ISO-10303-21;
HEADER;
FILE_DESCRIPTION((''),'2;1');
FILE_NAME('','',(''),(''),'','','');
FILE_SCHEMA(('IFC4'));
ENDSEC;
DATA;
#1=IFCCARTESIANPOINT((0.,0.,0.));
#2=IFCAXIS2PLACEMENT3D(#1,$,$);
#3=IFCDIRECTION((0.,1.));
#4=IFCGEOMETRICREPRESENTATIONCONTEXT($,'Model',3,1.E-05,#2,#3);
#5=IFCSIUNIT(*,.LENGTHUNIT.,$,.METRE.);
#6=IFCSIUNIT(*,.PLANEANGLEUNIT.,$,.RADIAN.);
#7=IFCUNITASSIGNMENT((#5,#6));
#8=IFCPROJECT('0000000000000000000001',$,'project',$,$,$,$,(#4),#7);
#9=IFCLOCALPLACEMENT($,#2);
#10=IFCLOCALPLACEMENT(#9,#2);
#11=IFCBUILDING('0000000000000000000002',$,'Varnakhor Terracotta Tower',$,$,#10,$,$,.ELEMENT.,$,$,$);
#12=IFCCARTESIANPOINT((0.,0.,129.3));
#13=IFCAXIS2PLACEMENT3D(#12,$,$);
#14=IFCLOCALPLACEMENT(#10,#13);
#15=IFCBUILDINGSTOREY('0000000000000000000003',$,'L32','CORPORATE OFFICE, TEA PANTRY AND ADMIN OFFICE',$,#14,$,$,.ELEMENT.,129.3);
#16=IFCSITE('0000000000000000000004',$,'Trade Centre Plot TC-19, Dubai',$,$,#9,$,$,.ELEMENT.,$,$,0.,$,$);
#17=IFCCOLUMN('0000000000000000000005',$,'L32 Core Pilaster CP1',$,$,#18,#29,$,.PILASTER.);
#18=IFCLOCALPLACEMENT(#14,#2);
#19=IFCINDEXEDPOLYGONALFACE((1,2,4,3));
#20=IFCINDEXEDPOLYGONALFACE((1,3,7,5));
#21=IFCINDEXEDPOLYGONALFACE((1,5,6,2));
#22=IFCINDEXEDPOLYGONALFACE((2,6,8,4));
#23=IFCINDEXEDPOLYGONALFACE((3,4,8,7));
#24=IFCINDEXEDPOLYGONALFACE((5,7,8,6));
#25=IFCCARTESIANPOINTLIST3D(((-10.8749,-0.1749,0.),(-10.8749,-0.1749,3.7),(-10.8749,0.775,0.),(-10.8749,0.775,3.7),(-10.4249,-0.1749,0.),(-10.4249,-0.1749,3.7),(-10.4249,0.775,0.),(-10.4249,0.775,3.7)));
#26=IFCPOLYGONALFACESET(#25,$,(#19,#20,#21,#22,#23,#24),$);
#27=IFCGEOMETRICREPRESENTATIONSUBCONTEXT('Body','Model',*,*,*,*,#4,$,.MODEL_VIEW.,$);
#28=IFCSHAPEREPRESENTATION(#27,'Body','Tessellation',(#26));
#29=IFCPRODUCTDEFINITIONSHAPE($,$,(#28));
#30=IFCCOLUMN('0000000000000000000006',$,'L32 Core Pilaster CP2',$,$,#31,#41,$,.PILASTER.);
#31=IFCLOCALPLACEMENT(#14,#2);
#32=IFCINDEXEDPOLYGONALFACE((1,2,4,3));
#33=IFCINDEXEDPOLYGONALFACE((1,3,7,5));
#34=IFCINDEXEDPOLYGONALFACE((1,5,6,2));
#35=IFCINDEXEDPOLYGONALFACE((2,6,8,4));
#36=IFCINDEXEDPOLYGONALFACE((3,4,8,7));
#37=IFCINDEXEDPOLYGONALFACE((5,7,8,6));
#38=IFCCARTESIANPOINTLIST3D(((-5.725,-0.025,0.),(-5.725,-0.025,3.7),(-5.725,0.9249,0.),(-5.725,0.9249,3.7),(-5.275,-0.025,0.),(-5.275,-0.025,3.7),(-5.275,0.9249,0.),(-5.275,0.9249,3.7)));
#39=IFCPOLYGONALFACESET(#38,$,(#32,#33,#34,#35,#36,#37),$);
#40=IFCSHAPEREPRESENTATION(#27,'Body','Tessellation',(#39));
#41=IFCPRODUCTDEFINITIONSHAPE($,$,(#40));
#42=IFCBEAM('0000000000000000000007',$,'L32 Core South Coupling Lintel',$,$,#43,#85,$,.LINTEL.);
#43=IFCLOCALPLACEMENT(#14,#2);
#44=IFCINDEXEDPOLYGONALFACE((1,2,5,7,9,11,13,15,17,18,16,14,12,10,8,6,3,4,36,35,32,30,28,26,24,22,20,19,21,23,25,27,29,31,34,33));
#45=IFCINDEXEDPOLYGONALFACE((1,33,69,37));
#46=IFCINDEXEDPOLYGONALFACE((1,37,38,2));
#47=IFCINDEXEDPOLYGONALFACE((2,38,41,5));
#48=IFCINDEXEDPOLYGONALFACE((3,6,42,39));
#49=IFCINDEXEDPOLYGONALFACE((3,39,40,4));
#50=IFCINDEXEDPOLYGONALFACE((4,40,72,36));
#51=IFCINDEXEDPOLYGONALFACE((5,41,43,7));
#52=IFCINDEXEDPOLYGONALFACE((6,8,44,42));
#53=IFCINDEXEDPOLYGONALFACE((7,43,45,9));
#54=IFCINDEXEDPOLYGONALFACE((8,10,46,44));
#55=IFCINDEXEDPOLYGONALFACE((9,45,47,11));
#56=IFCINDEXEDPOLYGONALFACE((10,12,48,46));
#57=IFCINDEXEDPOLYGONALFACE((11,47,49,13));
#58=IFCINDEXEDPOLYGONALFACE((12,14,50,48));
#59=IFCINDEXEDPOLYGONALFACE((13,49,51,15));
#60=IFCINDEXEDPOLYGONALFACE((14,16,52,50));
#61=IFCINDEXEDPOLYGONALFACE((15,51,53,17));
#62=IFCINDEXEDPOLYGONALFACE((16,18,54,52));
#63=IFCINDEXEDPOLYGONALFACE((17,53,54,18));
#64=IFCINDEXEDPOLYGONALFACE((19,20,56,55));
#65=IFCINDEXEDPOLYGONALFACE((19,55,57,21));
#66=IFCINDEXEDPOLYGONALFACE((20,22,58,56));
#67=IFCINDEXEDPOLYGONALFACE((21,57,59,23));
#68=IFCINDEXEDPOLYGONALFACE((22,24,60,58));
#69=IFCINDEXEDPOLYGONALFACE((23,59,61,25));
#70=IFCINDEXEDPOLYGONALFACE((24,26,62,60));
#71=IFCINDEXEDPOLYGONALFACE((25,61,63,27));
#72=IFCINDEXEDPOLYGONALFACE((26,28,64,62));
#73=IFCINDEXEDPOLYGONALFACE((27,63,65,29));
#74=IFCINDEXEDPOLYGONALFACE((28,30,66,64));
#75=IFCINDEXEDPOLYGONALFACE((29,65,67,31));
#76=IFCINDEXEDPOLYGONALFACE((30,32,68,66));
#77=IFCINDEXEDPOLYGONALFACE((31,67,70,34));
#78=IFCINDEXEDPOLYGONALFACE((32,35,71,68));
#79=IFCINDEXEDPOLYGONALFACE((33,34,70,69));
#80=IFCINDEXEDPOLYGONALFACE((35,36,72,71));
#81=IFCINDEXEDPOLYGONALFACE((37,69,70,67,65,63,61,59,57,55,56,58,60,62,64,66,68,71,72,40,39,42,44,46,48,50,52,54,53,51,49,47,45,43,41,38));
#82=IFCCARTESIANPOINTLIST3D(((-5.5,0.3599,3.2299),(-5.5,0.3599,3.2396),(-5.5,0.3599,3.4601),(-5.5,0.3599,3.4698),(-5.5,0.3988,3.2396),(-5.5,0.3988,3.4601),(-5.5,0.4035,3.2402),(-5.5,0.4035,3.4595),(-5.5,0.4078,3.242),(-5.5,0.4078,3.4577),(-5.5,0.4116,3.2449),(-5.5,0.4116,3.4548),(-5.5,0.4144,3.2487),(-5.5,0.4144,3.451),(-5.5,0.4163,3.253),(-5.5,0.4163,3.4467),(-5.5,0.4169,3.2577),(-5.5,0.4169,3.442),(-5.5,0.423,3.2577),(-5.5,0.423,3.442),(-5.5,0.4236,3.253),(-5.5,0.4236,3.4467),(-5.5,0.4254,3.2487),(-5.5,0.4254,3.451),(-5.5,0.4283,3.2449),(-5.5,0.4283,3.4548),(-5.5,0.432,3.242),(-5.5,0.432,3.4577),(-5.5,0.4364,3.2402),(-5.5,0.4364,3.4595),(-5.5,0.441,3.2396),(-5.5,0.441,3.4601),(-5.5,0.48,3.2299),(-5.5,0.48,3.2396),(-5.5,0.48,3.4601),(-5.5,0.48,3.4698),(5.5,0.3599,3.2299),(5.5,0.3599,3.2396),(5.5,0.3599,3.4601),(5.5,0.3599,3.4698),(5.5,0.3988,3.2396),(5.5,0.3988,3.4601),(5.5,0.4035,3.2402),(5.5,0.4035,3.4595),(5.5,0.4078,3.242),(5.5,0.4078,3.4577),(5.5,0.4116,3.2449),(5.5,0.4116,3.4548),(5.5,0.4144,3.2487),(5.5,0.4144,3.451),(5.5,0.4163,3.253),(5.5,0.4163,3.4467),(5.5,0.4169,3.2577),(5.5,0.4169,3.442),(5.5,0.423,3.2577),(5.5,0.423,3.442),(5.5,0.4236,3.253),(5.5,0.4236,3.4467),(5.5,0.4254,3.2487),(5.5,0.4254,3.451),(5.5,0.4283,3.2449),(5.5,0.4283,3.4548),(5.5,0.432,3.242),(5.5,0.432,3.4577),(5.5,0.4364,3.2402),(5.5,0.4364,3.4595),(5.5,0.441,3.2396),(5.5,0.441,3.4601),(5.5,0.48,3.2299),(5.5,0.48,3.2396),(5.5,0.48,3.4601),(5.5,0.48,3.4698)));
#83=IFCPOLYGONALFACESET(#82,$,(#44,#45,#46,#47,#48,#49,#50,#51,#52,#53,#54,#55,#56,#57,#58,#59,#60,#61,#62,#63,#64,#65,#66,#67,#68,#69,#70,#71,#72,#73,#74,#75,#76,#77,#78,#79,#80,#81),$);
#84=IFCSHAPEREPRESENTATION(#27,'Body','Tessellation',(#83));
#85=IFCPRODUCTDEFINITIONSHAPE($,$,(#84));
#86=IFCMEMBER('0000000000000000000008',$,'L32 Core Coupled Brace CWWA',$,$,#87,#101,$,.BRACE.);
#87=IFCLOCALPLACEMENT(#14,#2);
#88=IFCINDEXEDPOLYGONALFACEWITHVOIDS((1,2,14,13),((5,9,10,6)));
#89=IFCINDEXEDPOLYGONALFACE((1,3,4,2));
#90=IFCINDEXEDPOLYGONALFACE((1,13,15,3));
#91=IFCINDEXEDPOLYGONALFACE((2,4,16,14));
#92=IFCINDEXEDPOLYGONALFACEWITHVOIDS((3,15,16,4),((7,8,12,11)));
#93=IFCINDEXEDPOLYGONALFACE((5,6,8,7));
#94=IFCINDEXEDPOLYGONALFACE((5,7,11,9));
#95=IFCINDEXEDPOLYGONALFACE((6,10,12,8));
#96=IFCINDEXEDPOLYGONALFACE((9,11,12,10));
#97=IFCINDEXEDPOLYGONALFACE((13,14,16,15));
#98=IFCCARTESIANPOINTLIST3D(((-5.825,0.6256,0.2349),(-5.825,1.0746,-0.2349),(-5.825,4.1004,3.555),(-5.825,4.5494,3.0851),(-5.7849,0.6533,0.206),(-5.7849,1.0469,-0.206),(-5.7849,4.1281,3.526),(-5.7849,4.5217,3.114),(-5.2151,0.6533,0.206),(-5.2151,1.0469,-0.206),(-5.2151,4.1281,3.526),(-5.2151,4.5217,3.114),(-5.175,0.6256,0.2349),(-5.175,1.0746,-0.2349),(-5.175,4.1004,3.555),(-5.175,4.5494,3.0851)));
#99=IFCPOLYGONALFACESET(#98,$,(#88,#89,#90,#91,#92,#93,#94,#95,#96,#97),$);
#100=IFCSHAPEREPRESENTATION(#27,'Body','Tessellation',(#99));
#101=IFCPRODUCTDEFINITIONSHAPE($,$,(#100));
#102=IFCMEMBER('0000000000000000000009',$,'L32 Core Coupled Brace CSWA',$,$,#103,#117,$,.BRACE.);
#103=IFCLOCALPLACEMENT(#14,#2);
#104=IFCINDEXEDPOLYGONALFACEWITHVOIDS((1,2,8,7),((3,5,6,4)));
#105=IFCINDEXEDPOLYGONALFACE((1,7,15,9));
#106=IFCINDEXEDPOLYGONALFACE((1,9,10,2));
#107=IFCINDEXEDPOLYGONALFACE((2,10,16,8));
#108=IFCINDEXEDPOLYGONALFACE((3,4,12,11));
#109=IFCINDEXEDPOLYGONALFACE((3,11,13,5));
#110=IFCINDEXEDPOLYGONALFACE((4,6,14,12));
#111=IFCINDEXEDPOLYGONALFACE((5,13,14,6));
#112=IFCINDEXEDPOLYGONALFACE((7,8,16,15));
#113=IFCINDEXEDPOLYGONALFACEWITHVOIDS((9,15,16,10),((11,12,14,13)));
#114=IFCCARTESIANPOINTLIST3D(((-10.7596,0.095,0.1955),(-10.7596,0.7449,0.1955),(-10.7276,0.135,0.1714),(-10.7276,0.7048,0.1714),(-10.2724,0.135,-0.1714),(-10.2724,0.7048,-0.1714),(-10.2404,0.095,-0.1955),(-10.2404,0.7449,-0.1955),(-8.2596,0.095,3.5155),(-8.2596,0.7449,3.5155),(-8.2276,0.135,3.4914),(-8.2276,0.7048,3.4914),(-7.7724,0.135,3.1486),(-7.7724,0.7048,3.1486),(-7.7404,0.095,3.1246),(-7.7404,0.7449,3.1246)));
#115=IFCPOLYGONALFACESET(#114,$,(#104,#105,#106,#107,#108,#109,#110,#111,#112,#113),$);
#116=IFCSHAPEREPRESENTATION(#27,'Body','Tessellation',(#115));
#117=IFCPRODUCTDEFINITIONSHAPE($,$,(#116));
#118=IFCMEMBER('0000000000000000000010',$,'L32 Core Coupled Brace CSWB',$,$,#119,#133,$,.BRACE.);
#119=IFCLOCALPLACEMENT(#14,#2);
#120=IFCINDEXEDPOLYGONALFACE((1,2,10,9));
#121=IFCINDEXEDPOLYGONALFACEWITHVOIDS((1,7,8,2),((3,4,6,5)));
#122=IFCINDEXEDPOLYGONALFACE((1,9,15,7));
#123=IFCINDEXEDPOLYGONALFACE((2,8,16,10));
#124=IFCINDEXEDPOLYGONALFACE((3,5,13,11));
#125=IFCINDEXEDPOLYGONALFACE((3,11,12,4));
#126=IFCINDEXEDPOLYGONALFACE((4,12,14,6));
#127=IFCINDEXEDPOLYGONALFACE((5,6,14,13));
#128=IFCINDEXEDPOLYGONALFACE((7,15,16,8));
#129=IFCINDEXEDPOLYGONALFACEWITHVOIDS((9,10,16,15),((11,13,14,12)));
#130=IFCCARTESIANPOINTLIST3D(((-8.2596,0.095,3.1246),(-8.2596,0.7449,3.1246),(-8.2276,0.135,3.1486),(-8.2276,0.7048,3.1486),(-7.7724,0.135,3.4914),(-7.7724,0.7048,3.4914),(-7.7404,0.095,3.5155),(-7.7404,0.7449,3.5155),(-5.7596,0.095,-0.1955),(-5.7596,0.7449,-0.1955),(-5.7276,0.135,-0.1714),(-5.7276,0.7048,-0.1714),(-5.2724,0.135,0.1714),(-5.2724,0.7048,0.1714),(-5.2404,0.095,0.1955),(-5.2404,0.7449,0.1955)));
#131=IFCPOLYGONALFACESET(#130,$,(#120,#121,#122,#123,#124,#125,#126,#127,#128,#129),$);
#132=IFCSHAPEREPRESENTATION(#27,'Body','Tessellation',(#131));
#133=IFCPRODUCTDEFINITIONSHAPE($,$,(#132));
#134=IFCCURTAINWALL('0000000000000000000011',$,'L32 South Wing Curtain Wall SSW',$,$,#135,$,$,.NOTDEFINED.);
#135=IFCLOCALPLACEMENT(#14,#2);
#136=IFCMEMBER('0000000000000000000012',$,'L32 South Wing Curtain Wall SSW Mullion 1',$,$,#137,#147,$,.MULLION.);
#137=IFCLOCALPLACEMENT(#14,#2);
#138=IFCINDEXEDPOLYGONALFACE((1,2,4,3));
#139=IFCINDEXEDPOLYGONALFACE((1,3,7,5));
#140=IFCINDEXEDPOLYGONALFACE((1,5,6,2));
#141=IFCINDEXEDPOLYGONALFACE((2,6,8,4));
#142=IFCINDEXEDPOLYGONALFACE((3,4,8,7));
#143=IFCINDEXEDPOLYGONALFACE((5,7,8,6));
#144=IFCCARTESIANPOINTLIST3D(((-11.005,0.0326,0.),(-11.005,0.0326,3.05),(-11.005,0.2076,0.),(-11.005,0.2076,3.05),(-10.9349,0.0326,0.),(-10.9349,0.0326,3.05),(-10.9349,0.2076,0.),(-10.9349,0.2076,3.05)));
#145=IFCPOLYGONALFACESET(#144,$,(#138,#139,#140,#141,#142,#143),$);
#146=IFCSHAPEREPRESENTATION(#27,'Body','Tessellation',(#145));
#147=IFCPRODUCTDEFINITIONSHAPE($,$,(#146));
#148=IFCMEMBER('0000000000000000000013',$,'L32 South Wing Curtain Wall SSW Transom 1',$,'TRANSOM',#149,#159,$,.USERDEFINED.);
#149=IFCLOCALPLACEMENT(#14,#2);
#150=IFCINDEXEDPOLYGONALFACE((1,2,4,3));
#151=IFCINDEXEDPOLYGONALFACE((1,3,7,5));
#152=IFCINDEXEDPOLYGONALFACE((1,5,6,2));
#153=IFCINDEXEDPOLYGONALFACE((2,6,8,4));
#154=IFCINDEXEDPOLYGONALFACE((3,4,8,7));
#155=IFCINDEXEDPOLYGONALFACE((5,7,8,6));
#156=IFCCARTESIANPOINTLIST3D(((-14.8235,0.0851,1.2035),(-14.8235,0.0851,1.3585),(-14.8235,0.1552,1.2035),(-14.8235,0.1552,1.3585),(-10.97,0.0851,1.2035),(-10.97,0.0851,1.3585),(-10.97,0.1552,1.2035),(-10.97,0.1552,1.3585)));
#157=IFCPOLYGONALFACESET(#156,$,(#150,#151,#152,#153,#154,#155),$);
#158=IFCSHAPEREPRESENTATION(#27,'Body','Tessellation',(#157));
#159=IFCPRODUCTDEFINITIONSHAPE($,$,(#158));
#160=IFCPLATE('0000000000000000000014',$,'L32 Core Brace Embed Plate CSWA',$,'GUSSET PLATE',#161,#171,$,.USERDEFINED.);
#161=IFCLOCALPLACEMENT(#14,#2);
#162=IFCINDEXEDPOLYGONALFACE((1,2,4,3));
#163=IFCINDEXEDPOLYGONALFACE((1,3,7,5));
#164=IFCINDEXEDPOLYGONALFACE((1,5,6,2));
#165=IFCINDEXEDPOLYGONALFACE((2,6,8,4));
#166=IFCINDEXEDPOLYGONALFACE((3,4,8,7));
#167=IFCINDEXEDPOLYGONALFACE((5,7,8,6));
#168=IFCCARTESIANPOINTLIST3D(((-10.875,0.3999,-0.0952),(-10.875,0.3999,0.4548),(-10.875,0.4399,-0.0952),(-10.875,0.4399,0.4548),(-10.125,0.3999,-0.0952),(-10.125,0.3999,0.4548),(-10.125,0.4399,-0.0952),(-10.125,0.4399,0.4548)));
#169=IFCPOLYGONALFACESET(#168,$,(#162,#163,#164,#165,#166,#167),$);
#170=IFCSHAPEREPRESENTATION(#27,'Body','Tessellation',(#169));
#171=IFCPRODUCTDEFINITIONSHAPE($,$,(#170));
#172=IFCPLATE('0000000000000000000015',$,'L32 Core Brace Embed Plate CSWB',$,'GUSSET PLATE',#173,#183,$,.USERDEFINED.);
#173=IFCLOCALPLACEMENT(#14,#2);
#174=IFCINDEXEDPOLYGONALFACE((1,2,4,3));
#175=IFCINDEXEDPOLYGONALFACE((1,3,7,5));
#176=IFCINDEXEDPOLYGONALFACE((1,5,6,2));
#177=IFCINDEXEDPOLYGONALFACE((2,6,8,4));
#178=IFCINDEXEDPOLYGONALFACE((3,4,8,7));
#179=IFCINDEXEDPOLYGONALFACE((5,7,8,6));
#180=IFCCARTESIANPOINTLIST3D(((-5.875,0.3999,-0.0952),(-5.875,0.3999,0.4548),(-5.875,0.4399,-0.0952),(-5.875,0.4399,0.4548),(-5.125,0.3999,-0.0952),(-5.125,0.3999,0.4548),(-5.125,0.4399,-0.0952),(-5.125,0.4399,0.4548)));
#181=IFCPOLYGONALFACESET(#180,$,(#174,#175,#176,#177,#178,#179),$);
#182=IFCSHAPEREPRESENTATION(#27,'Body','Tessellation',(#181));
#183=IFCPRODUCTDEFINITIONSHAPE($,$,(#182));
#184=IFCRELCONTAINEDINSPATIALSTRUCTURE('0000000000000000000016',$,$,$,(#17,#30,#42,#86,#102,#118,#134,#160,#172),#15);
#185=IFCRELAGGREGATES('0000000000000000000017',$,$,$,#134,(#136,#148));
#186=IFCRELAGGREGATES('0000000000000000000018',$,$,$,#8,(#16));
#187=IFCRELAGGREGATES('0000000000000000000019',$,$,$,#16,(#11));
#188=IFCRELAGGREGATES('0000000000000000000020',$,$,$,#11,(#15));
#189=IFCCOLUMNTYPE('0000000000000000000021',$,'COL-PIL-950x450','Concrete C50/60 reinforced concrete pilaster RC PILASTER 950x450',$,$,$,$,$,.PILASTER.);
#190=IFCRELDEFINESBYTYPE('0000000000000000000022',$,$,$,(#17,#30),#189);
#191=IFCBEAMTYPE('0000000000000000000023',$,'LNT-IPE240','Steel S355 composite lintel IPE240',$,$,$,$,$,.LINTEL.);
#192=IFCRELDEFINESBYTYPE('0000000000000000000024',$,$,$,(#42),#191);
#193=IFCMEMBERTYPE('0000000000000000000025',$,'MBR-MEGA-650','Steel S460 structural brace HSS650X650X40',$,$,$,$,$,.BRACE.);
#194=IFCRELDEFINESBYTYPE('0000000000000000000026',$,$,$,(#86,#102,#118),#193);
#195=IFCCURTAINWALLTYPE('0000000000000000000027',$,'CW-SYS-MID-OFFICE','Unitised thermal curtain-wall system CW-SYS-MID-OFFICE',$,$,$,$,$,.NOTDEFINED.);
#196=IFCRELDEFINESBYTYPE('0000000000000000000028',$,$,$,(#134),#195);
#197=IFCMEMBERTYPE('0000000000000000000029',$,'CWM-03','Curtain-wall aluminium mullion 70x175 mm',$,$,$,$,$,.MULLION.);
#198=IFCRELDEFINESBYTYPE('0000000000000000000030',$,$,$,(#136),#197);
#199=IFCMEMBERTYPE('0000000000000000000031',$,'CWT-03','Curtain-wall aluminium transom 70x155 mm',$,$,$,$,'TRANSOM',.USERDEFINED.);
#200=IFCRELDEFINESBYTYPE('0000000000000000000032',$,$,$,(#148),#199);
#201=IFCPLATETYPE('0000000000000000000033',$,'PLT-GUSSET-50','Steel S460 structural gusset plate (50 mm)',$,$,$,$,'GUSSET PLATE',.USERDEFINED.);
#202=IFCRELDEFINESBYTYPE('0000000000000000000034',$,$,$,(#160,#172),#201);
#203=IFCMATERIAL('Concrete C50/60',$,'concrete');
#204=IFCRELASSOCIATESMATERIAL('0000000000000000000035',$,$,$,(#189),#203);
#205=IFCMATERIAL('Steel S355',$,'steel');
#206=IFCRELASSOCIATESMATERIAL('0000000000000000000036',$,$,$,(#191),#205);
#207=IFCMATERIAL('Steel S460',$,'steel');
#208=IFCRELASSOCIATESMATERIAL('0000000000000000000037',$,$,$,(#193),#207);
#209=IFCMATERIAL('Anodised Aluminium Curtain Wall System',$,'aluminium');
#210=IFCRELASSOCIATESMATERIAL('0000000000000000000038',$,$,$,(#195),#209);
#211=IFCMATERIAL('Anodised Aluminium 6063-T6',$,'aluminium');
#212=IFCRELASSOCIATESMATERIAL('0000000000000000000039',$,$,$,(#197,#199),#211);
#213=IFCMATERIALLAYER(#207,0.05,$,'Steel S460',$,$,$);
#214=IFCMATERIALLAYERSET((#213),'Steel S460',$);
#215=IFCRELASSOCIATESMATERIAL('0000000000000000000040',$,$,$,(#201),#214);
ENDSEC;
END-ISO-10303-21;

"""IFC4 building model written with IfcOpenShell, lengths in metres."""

from ifc_helpers import new_model, si_unit, direction, frame, origin, origin_2d, place, context, subcontext, project, spatial, rectangle, hollow_rectangle, i_section, extrude, source, transform, mapped, material, layer, layer_set, material_profile, profile_set, type_object, type_shapes, element, aggregate, save


model = new_model("IFC4")

# Units and contexts
model_context = context("Model", 3, precision=1e-05, world=origin(), true_north=direction((0.0, 1.0)))
body_context = subcontext(model_context, "Body", "Model", "MODEL_VIEW")
ifc_project = project(units=[si_unit("LENGTHUNIT", "METRE"), si_unit("PLANEANGLEUNIT", "RADIAN")], contexts=[model_context])

# Site, building, storey
site_placement = place(None, origin())
site = spatial("IfcSite", under=ifc_project, at=site_placement, Name="Trade Centre Plot TC-19, Dubai", CompositionType="ELEMENT", RefElevation=0.0)
building_placement = place(site_placement, origin())
building = spatial("IfcBuilding", under=site, at=building_placement, Name="Varnakhor Terracotta Tower", CompositionType="ELEMENT")
storey_placement = place(building_placement, frame((0.0, 0.0, 129.3)))
storey = spatial("IfcBuildingStorey", under=building, at=storey_placement, Name="L32", Description="CORPORATE OFFICE, TEA PANTRY AND ADMIN OFFICE", CompositionType="ELEMENT", Elevation=129.3)

# Columns
ifc_material_1 = material(Name="Concrete C50/60", Category="concrete")
ifc_material_profile_1 = material_profile(ifc_material_1, rectangle(XDim=0.45, YDim=0.95, at=origin_2d()), Name="RC PILASTER 950x450")
ifc_profile_set_1 = profile_set([ifc_material_profile_1], Name="Concrete C50/60")
column_type = type_object("IfcColumnType", Name="COL-PIL-950x450", Description="Concrete C50/60 reinforced concrete pilaster RC PILASTER 950x450", PredefinedType="PILASTER", material=ifc_profile_set_1)
shared_shape_1 = source(origin(), body_context, "Body", "SweptSolid", [
    extrude(rectangle(XDim=0.45, YDim=0.95, at=origin_2d()), origin(), (0.0, 0.0, 1.0), 3.7),
])
for number, where, z_axis, x_axis, name in (
    (1, (-10.6499, 0.3, 0.0), (0.0, 0.0, 1.0), (1.0, 0.0, 0.0), "L32 Core Pilaster CP1"),
    (2, (-5.5, 0.45, 0.0), (0.0, 0.0, 1.0), (1.0, 0.0, 0.0), "L32 Core Pilaster CP2"),
):
    element("IfcColumn", number, at=place(storey_placement, frame(where, z_axis=z_axis, x_axis=x_axis)), inside=storey, type_object=column_type, Name=name, PredefinedType="PILASTER", context=body_context, shape_type="MappedRepresentation", body=[
        mapped(shared_shape_1, transform((0.0, 0.0, 0.0), scale=1.0)),
    ])

# Beam
ifc_material_2 = material(Name="Steel S355", Category="steel")
ifc_material_profile_2 = material_profile(ifc_material_2, i_section(OverallWidth=0.1201, OverallDepth=0.24, WebThickness=0.0061, FlangeThickness=0.0098, FilletRadius=0.0181, at=origin_2d()), Name="IPE240")
ifc_profile_set_2 = profile_set([ifc_material_profile_2], Name="Steel S355")
beam_type = type_object("IfcBeamType", Name="LNT-IPE240", Description="Steel S355 composite lintel IPE240", PredefinedType="LINTEL", material=ifc_profile_set_2)
shared_shape_2 = source(origin(), body_context, "Body", "SweptSolid", [
    extrude(i_section(OverallWidth=0.1201, OverallDepth=0.24, WebThickness=0.0061, FlangeThickness=0.0098, FilletRadius=0.0181, at=origin_2d()), origin(), (0.0, 0.0, 1.0), 11.0),
])
type_shapes(beam_type, [shared_shape_2])
beam_placement = place(storey_placement, frame((-5.5, 0.4199, 3.3499), z_axis=(1.0, 0.0, 0.0), x_axis=(0.0, 1.0, 0.0)))
element("IfcBeam", 3, at=beam_placement, inside=storey, type_object=beam_type, Name="L32 Core South Coupling Lintel", PredefinedType="LINTEL", context=body_context, shape_type="MappedRepresentation", body=[
    mapped(shared_shape_2, transform((0.0, 0.0, 0.0), scale=1.0)),
])

# Members
ifc_material_3 = material(Name="Steel S460", Category="steel")
ifc_material_profile_3 = material_profile(ifc_material_3, hollow_rectangle(XDim=0.6499, YDim=0.6499, WallThickness=0.04, at=origin_2d()), Name="HSS650X650X40")
ifc_profile_set_3 = profile_set([ifc_material_profile_3], Name="Steel S460")
member_type_1 = type_object("IfcMemberType", Name="MBR-MEGA-650", Description="Steel S460 structural brace HSS650X650X40", PredefinedType="BRACE", material=ifc_profile_set_3)
shared_shape_3 = source(origin(), body_context, "Body", "SweptSolid", [
    extrude(hollow_rectangle(XDim=0.6499, YDim=0.6499, WallThickness=0.04, at=origin_2d()), origin(), (0.0, 0.0, 1.0), 4.8059),
])
member_1_placement = place(storey_placement, frame((-5.5, 0.8501, 0.0), z_axis=(0.0, 0.723027, 0.69082), x_axis=(-1.0, 0.0, 0.0)))
element("IfcMember", 4, at=member_1_placement, inside=storey, type_object=member_type_1, Name="L32 Core Coupled Brace CWWA", PredefinedType="BRACE", context=body_context, shape_type="MappedRepresentation", body=[
    mapped(shared_shape_3, transform((0.0, 0.0, 0.0), scale=1.0)),
])
shared_shape_4 = source(origin(), body_context, "Body", "SweptSolid", [
    extrude(hollow_rectangle(XDim=0.6499, YDim=0.6499, WallThickness=0.04, at=origin_2d()), origin(), (0.0, 0.0, 1.0), 4.156),
])
for number, where, z_axis, x_axis, name in (
    (5, (-10.5, 0.4199, 0.0), (0.601531, 0.0, 0.79885), (0.0, 1.0, 0.0), "L32 Core Coupled Brace CSWA"),
    (6, (-5.5, 0.4199, 0.0), (-0.601531, 0.0, 0.79885), (0.0, -1.0, 0.0), "L32 Core Coupled Brace CSWB"),
):
    element("IfcMember", number, at=place(storey_placement, frame(where, z_axis=z_axis, x_axis=x_axis)), inside=storey, type_object=member_type_1, Name=name, PredefinedType="BRACE", context=body_context, shape_type="MappedRepresentation", body=[
        mapped(shared_shape_4, transform((0.0, 0.0, 0.0), scale=1.0)),
    ])

# Curtain wall, members
ifc_material_4 = material(Name="Anodised Aluminium Curtain Wall System", Category="aluminium")
curtain_wall_type = type_object("IfcCurtainWallType", Name="CW-SYS-MID-OFFICE", Description="Unitised thermal curtain-wall system CW-SYS-MID-OFFICE", PredefinedType="NOTDEFINED", material=ifc_material_4)
curtain_wall_placement = place(storey_placement, origin())
curtain_wall = element("IfcCurtainWall", 7, at=curtain_wall_placement, inside=storey, type_object=curtain_wall_type, Name="L32 South Wing Curtain Wall SSW", PredefinedType="NOTDEFINED")
ifc_material_5 = material(Name="Anodised Aluminium 6063-T6", Category="aluminium")
ifc_material_profile_4 = material_profile(ifc_material_5, rectangle(XDim=0.0701, YDim=0.175, at=origin_2d()), Name="ALU MULLION 70x175")
ifc_profile_set_4 = profile_set([ifc_material_profile_4], Name="Anodised Aluminium 6063-T6")
member_type_2 = type_object("IfcMemberType", Name="CWM-03", Description="Curtain-wall aluminium mullion 70x175 mm", PredefinedType="MULLION", material=ifc_profile_set_4)
shared_shape_5 = source(origin(), body_context, "Body", "SweptSolid", [
    extrude(rectangle(XDim=0.0701, YDim=0.175, at=origin_2d()), origin(), (0.0, 0.0, 1.0), 3.05),
])
member_2_placement = place(storey_placement, frame((-10.97, 0.1201, 0.0), z_axis=(0.0, 0.0, 1.0), x_axis=(1.0, 0.0, 0.0)))
member_2 = element("IfcMember", 8, at=member_2_placement, type_object=member_type_2, Name="L32 South Wing Curtain Wall SSW Mullion 1", PredefinedType="MULLION", context=body_context, shape_type="MappedRepresentation", body=[
    mapped(shared_shape_5, transform((0.0, 0.0, 0.0), scale=1.0)),
])
ifc_material_profile_5 = material_profile(ifc_material_5, rectangle(XDim=0.0701, YDim=0.155, at=origin_2d()), Name="ALU TRANSOM 70x155")
ifc_profile_set_5 = profile_set([ifc_material_profile_5], Name="Anodised Aluminium 6063-T6")
member_type_3 = type_object("IfcMemberType", Name="CWT-03", Description="Curtain-wall aluminium transom 70x155 mm", ElementType="TRANSOM", PredefinedType="USERDEFINED", material=ifc_profile_set_5)
shared_shape_6 = source(origin(), body_context, "Body", "SweptSolid", [
    extrude(rectangle(XDim=0.0701, YDim=0.155, at=origin_2d()), origin(), (0.0, 0.0, 1.0), 3.8535),
])
member_3_placement = place(storey_placement, frame((-10.97, 0.1201, 1.281), z_axis=(-1.0, 0.0, 0.0), x_axis=(0.0, -1.0, 0.0)))
member_3 = element("IfcMember", 9, at=member_3_placement, type_object=member_type_3, Name="L32 South Wing Curtain Wall SSW Transom 1", ObjectType="TRANSOM", PredefinedType="USERDEFINED", context=body_context, shape_type="MappedRepresentation", body=[
    mapped(shared_shape_6, transform((0.0, 0.0, 0.0), scale=1.0)),
])
aggregate(curtain_wall, [member_2, member_3])

# Plates
ifc_layer_1 = layer(ifc_material_3, 0.05, Name="Steel S460")
ifc_layer_set_1 = layer_set([ifc_layer_1], Name="Steel S460")
plate_type = type_object("IfcPlateType", Name="PLT-GUSSET-50", Description="Steel S460 structural gusset plate (50 mm)", ElementType="GUSSET PLATE", PredefinedType="USERDEFINED", material=ifc_layer_set_1)
shared_shape_7 = source(origin(), body_context, "Body", "SweptSolid", [
    extrude(rectangle(XDim=0.75, YDim=0.04, at=origin_2d()), origin(), (0.0, 0.0, 1.0), 0.55),
])
type_shapes(plate_type, [shared_shape_7])
for number, where, z_axis, x_axis, name in (
    (10, (-10.5, 0.4199, -0.0952), (0.0, 0.0, 1.0), (1.0, 0.0, 0.0), "L32 Core Brace Embed Plate CSWA"),
    (11, (-5.5, 0.4199, -0.0952), (0.0, 0.0, 1.0), (1.0, 0.0, 0.0), "L32 Core Brace Embed Plate CSWB"),
):
    element("IfcPlate", number, at=place(storey_placement, frame(where, z_axis=z_axis, x_axis=x_axis)), inside=storey, type_object=plate_type, Name=name, ObjectType="GUSSET PLATE", PredefinedType="USERDEFINED", context=body_context, shape_type="MappedRepresentation", body=[
        mapped(shared_shape_7, transform((0.0, 0.0, 0.0), scale=1.0)),
    ])

save(model, "model.ifc")
